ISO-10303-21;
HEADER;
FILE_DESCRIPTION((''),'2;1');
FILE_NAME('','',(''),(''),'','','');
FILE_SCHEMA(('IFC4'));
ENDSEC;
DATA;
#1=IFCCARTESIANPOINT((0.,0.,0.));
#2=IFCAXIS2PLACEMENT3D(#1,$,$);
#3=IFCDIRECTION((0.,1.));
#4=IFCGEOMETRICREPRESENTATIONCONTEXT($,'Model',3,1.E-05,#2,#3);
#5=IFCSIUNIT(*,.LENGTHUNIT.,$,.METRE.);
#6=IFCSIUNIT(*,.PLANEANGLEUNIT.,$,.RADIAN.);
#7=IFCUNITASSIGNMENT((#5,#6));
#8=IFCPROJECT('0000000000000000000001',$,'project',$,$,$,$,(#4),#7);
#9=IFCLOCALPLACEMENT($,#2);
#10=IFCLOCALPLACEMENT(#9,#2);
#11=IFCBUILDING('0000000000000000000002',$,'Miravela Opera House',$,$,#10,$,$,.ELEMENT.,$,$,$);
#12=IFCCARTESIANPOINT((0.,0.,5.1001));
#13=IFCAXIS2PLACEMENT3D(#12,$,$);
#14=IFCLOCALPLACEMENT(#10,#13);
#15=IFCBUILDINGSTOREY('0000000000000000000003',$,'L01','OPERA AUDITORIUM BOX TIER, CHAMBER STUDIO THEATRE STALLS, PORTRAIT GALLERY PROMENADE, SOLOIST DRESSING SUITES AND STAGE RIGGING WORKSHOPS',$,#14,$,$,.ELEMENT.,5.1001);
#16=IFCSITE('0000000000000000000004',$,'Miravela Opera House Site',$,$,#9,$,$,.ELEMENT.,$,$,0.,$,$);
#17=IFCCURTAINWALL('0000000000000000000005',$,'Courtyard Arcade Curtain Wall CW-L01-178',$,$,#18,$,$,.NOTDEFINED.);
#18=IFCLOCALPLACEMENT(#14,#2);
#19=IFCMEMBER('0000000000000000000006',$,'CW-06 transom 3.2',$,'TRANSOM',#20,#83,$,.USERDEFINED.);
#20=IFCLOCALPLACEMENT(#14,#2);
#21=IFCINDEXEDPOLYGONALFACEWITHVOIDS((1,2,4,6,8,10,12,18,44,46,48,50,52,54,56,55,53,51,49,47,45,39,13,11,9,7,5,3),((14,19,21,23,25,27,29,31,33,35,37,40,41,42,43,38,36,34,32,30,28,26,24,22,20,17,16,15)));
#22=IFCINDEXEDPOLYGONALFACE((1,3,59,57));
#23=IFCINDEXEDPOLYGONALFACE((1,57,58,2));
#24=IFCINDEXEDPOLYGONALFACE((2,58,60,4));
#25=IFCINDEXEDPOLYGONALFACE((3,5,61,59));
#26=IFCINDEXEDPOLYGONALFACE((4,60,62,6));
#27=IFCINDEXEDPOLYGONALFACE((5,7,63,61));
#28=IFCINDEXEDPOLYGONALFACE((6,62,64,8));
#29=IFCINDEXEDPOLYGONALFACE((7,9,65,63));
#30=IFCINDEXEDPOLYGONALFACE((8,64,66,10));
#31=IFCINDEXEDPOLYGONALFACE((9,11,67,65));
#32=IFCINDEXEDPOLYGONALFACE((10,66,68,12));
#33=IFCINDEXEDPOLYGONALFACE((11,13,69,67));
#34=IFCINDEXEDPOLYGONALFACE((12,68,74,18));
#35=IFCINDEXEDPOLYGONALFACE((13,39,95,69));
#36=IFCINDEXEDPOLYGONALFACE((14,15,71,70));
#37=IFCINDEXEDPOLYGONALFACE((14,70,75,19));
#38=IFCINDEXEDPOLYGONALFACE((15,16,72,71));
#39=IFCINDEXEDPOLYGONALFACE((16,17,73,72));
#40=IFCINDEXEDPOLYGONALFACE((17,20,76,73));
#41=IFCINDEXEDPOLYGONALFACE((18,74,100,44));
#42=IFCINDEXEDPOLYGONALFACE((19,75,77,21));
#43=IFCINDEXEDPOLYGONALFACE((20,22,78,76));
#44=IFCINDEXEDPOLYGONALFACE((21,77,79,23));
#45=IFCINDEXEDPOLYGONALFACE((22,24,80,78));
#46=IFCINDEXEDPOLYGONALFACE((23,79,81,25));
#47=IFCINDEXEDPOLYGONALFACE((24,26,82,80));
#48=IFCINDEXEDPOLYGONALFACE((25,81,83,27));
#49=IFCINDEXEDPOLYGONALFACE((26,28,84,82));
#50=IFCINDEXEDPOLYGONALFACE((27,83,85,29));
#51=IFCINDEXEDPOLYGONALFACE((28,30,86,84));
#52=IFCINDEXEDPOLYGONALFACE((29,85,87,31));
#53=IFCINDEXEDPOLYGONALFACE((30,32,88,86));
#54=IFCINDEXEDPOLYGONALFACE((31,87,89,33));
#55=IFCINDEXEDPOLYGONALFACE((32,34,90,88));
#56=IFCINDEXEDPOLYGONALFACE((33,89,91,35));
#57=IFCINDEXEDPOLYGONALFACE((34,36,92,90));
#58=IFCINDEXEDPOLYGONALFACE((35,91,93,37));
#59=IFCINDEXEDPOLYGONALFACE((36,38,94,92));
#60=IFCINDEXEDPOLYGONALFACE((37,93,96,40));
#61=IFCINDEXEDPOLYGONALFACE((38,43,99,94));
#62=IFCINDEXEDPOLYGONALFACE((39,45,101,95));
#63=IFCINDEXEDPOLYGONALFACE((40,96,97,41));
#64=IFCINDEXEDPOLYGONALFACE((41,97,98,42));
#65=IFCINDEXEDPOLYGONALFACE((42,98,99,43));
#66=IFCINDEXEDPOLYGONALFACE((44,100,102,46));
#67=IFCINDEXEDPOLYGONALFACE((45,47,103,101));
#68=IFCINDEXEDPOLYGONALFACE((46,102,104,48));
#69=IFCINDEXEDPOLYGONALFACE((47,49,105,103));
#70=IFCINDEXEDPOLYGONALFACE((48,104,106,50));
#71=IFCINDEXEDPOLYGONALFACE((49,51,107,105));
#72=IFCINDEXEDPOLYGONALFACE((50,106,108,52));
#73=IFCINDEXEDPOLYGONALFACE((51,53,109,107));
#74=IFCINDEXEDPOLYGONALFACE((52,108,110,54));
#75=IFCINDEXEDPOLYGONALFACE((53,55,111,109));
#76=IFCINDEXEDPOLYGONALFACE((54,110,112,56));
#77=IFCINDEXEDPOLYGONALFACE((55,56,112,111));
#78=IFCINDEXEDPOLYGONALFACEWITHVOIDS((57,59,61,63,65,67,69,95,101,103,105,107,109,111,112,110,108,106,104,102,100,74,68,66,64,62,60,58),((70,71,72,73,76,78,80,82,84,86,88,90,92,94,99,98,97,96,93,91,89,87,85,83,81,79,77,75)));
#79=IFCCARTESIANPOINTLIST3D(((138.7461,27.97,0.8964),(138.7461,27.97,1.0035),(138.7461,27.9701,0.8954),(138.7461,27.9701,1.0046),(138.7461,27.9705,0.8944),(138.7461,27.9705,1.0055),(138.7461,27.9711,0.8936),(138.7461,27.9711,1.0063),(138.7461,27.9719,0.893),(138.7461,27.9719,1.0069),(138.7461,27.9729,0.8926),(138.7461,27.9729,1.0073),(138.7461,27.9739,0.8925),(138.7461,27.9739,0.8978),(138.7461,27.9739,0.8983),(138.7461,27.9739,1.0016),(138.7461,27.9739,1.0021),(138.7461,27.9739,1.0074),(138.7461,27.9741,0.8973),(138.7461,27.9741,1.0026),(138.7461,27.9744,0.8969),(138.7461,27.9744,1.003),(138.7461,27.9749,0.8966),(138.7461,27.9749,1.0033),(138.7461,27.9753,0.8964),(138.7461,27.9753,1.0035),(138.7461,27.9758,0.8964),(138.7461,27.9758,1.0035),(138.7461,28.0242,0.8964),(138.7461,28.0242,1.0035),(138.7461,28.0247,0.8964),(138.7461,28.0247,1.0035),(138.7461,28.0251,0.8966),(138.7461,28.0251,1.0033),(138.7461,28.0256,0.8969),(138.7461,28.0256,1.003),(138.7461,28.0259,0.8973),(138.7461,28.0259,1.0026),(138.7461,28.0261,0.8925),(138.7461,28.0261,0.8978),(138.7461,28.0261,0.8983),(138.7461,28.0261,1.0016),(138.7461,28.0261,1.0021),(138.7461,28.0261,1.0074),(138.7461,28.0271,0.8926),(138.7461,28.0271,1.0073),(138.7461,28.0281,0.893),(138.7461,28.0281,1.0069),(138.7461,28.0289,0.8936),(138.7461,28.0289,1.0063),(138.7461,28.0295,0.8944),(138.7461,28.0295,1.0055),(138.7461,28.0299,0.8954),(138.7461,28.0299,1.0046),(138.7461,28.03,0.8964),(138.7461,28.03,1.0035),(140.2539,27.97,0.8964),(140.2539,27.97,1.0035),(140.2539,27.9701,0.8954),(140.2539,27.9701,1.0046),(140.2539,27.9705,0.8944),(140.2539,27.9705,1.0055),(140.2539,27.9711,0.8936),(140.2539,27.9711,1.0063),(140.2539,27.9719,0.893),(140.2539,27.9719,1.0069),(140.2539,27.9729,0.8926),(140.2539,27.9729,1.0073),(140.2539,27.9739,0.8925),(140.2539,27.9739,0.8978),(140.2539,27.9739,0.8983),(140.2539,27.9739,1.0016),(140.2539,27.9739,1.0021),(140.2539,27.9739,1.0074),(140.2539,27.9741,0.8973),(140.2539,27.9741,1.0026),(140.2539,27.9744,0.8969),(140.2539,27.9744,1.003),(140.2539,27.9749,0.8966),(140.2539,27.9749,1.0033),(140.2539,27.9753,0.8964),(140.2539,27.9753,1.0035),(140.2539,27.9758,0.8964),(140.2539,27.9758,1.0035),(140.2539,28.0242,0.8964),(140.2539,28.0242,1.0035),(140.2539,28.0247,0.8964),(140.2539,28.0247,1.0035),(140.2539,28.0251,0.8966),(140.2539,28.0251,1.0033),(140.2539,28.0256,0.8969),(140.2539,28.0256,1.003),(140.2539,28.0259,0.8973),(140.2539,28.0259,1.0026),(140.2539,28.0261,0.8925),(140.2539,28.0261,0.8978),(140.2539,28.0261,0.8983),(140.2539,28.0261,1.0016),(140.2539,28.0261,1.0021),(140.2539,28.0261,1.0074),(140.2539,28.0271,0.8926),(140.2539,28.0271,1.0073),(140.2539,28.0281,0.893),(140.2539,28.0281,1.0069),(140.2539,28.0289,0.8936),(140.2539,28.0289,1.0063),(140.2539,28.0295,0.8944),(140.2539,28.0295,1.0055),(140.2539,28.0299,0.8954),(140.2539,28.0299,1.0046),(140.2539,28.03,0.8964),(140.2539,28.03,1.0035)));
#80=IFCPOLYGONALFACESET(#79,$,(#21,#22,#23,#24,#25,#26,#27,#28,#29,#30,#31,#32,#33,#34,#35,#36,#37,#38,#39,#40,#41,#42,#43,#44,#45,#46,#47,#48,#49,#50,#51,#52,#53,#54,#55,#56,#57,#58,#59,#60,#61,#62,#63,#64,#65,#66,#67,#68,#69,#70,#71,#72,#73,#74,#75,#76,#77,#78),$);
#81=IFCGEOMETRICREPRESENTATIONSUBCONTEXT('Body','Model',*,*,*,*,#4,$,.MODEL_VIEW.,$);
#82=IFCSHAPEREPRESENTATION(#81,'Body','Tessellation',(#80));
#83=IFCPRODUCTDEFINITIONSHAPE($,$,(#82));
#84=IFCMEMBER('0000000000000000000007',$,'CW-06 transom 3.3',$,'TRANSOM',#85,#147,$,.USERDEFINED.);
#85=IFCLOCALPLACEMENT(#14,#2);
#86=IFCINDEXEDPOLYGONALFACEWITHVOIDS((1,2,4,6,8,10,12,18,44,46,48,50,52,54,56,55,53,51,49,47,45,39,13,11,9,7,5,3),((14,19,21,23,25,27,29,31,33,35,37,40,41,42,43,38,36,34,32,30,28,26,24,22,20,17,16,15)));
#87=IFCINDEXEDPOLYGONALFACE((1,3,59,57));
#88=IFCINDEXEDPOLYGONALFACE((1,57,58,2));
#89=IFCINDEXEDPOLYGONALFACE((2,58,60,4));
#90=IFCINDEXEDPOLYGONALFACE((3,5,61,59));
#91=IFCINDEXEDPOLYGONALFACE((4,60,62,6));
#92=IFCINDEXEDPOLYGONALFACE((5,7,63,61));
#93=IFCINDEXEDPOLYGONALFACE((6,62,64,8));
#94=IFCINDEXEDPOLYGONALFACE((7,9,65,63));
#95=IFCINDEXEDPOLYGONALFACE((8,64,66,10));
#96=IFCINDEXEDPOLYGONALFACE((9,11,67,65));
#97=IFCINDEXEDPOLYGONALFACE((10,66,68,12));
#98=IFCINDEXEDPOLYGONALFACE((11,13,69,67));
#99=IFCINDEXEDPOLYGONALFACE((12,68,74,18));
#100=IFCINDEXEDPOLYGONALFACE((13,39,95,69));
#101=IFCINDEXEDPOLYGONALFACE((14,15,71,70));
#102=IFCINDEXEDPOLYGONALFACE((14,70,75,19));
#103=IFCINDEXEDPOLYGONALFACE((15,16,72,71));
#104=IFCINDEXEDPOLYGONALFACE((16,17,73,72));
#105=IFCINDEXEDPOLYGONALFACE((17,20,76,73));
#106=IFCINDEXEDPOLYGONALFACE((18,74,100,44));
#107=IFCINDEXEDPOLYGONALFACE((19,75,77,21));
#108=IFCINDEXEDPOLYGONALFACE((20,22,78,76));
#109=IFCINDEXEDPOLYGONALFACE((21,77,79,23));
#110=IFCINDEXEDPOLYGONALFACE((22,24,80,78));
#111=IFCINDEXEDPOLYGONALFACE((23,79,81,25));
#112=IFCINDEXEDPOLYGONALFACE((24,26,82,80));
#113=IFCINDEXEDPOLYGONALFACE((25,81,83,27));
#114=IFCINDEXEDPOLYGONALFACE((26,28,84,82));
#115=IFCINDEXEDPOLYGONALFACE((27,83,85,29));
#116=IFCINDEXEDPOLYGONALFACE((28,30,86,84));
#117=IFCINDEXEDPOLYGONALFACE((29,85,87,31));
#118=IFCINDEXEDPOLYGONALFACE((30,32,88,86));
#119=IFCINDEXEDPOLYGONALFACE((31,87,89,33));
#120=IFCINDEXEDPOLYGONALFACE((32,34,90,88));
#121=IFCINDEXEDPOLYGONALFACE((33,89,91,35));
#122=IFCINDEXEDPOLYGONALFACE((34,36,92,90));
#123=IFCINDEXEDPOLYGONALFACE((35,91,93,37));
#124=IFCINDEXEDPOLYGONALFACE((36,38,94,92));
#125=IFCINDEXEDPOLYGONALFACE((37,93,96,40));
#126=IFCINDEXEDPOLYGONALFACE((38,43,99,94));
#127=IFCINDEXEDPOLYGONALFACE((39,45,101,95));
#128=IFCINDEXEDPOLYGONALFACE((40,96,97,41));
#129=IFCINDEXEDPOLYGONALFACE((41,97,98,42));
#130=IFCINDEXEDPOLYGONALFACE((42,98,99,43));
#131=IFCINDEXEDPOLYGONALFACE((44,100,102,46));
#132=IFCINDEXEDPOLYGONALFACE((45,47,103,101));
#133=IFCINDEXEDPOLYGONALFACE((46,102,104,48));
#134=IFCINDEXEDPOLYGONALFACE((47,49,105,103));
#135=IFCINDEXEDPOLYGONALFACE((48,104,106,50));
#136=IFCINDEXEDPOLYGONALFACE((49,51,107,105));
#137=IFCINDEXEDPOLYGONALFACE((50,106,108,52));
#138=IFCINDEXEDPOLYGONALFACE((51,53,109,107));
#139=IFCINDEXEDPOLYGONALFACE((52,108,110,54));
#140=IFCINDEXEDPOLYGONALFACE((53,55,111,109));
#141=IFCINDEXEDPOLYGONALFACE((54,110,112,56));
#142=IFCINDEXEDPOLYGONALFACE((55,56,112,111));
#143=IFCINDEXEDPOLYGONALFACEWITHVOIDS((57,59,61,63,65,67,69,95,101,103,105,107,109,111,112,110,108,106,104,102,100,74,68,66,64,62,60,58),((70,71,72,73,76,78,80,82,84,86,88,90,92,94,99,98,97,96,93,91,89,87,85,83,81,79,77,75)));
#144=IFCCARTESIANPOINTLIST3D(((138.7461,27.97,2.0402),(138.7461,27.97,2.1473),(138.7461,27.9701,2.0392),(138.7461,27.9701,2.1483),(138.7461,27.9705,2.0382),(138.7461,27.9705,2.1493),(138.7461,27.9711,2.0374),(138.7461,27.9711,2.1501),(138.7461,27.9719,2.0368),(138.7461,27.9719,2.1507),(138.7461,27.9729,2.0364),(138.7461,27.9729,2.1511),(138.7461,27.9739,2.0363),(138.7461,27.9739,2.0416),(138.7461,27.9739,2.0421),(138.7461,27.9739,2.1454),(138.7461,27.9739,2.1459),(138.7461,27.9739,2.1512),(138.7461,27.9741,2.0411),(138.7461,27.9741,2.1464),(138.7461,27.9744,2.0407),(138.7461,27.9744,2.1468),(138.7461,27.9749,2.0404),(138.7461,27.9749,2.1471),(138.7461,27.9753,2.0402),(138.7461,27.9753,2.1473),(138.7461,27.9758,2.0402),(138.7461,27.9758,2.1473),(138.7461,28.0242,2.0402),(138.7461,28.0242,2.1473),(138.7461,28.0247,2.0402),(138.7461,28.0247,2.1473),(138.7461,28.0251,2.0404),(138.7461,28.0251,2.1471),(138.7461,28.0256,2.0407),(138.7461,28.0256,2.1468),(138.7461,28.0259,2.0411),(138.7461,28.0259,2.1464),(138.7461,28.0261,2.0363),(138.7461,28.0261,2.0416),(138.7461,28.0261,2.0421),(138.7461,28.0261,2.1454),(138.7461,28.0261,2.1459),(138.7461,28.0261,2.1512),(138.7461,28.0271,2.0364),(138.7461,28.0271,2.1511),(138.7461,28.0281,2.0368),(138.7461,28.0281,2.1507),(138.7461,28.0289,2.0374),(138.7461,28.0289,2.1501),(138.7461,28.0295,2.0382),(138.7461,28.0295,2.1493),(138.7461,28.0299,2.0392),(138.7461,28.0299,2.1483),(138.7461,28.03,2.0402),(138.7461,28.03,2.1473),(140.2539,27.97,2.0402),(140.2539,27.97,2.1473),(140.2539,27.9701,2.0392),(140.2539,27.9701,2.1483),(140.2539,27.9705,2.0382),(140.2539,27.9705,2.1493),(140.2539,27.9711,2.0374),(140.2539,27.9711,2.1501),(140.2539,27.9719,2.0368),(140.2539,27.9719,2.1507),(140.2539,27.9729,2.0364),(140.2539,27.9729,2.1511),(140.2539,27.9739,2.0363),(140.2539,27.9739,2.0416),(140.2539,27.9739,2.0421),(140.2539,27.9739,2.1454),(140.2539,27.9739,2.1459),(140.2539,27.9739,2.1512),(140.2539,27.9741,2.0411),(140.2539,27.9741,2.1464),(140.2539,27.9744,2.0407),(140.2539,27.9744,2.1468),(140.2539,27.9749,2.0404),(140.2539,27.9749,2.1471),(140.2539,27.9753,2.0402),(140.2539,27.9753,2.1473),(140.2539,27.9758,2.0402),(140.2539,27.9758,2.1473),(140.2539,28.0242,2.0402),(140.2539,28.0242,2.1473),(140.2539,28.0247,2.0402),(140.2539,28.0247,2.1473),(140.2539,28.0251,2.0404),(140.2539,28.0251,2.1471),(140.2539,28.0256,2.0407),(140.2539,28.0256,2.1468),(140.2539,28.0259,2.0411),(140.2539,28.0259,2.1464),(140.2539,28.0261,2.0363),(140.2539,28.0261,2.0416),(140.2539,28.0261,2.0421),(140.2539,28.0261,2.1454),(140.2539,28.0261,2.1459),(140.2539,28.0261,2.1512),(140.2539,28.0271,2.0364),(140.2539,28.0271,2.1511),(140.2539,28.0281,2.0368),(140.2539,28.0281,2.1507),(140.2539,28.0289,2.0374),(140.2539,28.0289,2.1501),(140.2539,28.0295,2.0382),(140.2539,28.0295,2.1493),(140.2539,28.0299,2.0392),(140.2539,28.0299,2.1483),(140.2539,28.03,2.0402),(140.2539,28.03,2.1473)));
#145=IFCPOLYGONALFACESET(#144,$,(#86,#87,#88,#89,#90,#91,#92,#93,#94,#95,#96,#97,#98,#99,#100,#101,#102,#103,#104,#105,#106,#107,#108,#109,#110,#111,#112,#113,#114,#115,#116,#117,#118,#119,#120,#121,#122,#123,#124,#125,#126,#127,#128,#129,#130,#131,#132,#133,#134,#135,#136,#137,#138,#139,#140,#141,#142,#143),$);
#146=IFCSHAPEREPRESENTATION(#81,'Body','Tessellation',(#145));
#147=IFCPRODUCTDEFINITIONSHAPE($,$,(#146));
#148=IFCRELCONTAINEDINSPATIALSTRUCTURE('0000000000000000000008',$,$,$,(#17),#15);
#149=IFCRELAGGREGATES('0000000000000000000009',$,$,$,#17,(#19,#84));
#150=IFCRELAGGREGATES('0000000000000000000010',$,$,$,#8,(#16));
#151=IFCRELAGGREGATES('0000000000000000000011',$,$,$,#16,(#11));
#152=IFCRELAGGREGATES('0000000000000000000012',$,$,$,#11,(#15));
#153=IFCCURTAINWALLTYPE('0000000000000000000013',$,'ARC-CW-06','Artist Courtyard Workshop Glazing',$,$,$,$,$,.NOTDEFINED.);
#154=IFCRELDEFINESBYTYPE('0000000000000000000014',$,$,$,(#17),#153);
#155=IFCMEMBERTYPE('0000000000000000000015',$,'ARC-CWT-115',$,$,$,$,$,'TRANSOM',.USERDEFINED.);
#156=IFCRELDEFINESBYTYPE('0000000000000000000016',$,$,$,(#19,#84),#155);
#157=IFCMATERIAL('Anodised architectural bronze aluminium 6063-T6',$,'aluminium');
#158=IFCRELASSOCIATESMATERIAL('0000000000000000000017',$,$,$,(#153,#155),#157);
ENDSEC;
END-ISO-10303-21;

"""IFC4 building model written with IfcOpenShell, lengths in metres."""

from ifc_helpers import new_model, si_unit, direction, frame, origin, origin_2d, place, context, subcontext, project, spatial, hollow_rectangle, extrude, material, material_profile, profile_set, type_object, element, aggregate, save


model = new_model("IFC4")

# Units and contexts
model_context = context("Model", 3, precision=1e-05, world=origin(), true_north=direction((0.0, 1.0)))
body_context = subcontext(model_context, "Body", "Model", "MODEL_VIEW")
ifc_project = project(units=[si_unit("LENGTHUNIT", "METRE"), si_unit("PLANEANGLEUNIT", "RADIAN")], contexts=[model_context])

# Site, building, storey
site_placement = place(None, origin())
site = spatial("IfcSite", under=ifc_project, at=site_placement, Name="Miravela Opera House Site", CompositionType="ELEMENT", RefElevation=0.0)
building_placement = place(site_placement, origin())
building = spatial("IfcBuilding", under=site, at=building_placement, Name="Miravela Opera House", CompositionType="ELEMENT")
storey_placement = place(building_placement, frame((0.0, 0.0, 5.1001)))
storey = spatial("IfcBuildingStorey", under=building, at=storey_placement, Name="L01", Description="OPERA AUDITORIUM BOX TIER, CHAMBER STUDIO THEATRE STALLS, PORTRAIT GALLERY PROMENADE, SOLOIST DRESSING SUITES AND STAGE RIGGING WORKSHOPS", CompositionType="ELEMENT", Elevation=5.1001)

# Curtain wall, members
ifc_material_1 = material(Name="Anodised architectural bronze aluminium 6063-T6", Category="aluminium")
curtain_wall_type = type_object("IfcCurtainWallType", Name="ARC-CW-06", Description="Artist Courtyard Workshop Glazing", PredefinedType="NOTDEFINED", material=ifc_material_1)
curtain_wall_placement = place(storey_placement, origin())
curtain_wall = element("IfcCurtainWall", 1, at=curtain_wall_placement, inside=storey, type_object=curtain_wall_type, Name="Courtyard Arcade Curtain Wall CW-L01-178", PredefinedType="NOTDEFINED")
ifc_material_profile_1 = material_profile(ifc_material_1, hollow_rectangle(XDim=0.0601, YDim=0.115, WallThickness=0.0039, InnerFilletRadius=0.002, OuterFilletRadius=0.0039, at=origin_2d()), Name="CWT-60X115")
ifc_profile_set_1 = profile_set([ifc_material_profile_1])
member_type_1 = type_object("IfcMemberType", Name="ARC-CWT-115", ElementType="TRANSOM", PredefinedType="USERDEFINED", material=ifc_profile_set_1)
member_1_placement = place(storey_placement, frame((138.7461, 28.0, 0.95), z_axis=(1.0, 0.0, 0.0), x_axis=(0.0, 1.0, 0.0)))
member_1 = element("IfcMember", 2, at=member_1_placement, type_object=member_type_1, Name="CW-06 transom 3.2", ObjectType="TRANSOM", PredefinedType="USERDEFINED", context=body_context, shape_type="SweptSolid", body=[
    extrude(hollow_rectangle(XDim=0.0601, YDim=0.115, WallThickness=0.0039, InnerFilletRadius=0.002, OuterFilletRadius=0.0039, at=origin_2d()), origin(), (0.0, 0.0, 1.0), 1.5078),
])
member_2_placement = place(storey_placement, frame((138.7461, 28.0, 2.0938), z_axis=(1.0, 0.0, 0.0), x_axis=(0.0, 1.0, 0.0)))
member_2 = element("IfcMember", 3, at=member_2_placement, type_object=member_type_1, Name="CW-06 transom 3.3", ObjectType="TRANSOM", PredefinedType="USERDEFINED", context=body_context, shape_type="SweptSolid", body=[
    extrude(hollow_rectangle(XDim=0.0601, YDim=0.115, WallThickness=0.0039, InnerFilletRadius=0.002, OuterFilletRadius=0.0039, at=origin_2d()), origin(), (0.0, 0.0, 1.0), 1.5078),
])

aggregate(curtain_wall, [member_1, member_2])

save(model, "model.ifc")
